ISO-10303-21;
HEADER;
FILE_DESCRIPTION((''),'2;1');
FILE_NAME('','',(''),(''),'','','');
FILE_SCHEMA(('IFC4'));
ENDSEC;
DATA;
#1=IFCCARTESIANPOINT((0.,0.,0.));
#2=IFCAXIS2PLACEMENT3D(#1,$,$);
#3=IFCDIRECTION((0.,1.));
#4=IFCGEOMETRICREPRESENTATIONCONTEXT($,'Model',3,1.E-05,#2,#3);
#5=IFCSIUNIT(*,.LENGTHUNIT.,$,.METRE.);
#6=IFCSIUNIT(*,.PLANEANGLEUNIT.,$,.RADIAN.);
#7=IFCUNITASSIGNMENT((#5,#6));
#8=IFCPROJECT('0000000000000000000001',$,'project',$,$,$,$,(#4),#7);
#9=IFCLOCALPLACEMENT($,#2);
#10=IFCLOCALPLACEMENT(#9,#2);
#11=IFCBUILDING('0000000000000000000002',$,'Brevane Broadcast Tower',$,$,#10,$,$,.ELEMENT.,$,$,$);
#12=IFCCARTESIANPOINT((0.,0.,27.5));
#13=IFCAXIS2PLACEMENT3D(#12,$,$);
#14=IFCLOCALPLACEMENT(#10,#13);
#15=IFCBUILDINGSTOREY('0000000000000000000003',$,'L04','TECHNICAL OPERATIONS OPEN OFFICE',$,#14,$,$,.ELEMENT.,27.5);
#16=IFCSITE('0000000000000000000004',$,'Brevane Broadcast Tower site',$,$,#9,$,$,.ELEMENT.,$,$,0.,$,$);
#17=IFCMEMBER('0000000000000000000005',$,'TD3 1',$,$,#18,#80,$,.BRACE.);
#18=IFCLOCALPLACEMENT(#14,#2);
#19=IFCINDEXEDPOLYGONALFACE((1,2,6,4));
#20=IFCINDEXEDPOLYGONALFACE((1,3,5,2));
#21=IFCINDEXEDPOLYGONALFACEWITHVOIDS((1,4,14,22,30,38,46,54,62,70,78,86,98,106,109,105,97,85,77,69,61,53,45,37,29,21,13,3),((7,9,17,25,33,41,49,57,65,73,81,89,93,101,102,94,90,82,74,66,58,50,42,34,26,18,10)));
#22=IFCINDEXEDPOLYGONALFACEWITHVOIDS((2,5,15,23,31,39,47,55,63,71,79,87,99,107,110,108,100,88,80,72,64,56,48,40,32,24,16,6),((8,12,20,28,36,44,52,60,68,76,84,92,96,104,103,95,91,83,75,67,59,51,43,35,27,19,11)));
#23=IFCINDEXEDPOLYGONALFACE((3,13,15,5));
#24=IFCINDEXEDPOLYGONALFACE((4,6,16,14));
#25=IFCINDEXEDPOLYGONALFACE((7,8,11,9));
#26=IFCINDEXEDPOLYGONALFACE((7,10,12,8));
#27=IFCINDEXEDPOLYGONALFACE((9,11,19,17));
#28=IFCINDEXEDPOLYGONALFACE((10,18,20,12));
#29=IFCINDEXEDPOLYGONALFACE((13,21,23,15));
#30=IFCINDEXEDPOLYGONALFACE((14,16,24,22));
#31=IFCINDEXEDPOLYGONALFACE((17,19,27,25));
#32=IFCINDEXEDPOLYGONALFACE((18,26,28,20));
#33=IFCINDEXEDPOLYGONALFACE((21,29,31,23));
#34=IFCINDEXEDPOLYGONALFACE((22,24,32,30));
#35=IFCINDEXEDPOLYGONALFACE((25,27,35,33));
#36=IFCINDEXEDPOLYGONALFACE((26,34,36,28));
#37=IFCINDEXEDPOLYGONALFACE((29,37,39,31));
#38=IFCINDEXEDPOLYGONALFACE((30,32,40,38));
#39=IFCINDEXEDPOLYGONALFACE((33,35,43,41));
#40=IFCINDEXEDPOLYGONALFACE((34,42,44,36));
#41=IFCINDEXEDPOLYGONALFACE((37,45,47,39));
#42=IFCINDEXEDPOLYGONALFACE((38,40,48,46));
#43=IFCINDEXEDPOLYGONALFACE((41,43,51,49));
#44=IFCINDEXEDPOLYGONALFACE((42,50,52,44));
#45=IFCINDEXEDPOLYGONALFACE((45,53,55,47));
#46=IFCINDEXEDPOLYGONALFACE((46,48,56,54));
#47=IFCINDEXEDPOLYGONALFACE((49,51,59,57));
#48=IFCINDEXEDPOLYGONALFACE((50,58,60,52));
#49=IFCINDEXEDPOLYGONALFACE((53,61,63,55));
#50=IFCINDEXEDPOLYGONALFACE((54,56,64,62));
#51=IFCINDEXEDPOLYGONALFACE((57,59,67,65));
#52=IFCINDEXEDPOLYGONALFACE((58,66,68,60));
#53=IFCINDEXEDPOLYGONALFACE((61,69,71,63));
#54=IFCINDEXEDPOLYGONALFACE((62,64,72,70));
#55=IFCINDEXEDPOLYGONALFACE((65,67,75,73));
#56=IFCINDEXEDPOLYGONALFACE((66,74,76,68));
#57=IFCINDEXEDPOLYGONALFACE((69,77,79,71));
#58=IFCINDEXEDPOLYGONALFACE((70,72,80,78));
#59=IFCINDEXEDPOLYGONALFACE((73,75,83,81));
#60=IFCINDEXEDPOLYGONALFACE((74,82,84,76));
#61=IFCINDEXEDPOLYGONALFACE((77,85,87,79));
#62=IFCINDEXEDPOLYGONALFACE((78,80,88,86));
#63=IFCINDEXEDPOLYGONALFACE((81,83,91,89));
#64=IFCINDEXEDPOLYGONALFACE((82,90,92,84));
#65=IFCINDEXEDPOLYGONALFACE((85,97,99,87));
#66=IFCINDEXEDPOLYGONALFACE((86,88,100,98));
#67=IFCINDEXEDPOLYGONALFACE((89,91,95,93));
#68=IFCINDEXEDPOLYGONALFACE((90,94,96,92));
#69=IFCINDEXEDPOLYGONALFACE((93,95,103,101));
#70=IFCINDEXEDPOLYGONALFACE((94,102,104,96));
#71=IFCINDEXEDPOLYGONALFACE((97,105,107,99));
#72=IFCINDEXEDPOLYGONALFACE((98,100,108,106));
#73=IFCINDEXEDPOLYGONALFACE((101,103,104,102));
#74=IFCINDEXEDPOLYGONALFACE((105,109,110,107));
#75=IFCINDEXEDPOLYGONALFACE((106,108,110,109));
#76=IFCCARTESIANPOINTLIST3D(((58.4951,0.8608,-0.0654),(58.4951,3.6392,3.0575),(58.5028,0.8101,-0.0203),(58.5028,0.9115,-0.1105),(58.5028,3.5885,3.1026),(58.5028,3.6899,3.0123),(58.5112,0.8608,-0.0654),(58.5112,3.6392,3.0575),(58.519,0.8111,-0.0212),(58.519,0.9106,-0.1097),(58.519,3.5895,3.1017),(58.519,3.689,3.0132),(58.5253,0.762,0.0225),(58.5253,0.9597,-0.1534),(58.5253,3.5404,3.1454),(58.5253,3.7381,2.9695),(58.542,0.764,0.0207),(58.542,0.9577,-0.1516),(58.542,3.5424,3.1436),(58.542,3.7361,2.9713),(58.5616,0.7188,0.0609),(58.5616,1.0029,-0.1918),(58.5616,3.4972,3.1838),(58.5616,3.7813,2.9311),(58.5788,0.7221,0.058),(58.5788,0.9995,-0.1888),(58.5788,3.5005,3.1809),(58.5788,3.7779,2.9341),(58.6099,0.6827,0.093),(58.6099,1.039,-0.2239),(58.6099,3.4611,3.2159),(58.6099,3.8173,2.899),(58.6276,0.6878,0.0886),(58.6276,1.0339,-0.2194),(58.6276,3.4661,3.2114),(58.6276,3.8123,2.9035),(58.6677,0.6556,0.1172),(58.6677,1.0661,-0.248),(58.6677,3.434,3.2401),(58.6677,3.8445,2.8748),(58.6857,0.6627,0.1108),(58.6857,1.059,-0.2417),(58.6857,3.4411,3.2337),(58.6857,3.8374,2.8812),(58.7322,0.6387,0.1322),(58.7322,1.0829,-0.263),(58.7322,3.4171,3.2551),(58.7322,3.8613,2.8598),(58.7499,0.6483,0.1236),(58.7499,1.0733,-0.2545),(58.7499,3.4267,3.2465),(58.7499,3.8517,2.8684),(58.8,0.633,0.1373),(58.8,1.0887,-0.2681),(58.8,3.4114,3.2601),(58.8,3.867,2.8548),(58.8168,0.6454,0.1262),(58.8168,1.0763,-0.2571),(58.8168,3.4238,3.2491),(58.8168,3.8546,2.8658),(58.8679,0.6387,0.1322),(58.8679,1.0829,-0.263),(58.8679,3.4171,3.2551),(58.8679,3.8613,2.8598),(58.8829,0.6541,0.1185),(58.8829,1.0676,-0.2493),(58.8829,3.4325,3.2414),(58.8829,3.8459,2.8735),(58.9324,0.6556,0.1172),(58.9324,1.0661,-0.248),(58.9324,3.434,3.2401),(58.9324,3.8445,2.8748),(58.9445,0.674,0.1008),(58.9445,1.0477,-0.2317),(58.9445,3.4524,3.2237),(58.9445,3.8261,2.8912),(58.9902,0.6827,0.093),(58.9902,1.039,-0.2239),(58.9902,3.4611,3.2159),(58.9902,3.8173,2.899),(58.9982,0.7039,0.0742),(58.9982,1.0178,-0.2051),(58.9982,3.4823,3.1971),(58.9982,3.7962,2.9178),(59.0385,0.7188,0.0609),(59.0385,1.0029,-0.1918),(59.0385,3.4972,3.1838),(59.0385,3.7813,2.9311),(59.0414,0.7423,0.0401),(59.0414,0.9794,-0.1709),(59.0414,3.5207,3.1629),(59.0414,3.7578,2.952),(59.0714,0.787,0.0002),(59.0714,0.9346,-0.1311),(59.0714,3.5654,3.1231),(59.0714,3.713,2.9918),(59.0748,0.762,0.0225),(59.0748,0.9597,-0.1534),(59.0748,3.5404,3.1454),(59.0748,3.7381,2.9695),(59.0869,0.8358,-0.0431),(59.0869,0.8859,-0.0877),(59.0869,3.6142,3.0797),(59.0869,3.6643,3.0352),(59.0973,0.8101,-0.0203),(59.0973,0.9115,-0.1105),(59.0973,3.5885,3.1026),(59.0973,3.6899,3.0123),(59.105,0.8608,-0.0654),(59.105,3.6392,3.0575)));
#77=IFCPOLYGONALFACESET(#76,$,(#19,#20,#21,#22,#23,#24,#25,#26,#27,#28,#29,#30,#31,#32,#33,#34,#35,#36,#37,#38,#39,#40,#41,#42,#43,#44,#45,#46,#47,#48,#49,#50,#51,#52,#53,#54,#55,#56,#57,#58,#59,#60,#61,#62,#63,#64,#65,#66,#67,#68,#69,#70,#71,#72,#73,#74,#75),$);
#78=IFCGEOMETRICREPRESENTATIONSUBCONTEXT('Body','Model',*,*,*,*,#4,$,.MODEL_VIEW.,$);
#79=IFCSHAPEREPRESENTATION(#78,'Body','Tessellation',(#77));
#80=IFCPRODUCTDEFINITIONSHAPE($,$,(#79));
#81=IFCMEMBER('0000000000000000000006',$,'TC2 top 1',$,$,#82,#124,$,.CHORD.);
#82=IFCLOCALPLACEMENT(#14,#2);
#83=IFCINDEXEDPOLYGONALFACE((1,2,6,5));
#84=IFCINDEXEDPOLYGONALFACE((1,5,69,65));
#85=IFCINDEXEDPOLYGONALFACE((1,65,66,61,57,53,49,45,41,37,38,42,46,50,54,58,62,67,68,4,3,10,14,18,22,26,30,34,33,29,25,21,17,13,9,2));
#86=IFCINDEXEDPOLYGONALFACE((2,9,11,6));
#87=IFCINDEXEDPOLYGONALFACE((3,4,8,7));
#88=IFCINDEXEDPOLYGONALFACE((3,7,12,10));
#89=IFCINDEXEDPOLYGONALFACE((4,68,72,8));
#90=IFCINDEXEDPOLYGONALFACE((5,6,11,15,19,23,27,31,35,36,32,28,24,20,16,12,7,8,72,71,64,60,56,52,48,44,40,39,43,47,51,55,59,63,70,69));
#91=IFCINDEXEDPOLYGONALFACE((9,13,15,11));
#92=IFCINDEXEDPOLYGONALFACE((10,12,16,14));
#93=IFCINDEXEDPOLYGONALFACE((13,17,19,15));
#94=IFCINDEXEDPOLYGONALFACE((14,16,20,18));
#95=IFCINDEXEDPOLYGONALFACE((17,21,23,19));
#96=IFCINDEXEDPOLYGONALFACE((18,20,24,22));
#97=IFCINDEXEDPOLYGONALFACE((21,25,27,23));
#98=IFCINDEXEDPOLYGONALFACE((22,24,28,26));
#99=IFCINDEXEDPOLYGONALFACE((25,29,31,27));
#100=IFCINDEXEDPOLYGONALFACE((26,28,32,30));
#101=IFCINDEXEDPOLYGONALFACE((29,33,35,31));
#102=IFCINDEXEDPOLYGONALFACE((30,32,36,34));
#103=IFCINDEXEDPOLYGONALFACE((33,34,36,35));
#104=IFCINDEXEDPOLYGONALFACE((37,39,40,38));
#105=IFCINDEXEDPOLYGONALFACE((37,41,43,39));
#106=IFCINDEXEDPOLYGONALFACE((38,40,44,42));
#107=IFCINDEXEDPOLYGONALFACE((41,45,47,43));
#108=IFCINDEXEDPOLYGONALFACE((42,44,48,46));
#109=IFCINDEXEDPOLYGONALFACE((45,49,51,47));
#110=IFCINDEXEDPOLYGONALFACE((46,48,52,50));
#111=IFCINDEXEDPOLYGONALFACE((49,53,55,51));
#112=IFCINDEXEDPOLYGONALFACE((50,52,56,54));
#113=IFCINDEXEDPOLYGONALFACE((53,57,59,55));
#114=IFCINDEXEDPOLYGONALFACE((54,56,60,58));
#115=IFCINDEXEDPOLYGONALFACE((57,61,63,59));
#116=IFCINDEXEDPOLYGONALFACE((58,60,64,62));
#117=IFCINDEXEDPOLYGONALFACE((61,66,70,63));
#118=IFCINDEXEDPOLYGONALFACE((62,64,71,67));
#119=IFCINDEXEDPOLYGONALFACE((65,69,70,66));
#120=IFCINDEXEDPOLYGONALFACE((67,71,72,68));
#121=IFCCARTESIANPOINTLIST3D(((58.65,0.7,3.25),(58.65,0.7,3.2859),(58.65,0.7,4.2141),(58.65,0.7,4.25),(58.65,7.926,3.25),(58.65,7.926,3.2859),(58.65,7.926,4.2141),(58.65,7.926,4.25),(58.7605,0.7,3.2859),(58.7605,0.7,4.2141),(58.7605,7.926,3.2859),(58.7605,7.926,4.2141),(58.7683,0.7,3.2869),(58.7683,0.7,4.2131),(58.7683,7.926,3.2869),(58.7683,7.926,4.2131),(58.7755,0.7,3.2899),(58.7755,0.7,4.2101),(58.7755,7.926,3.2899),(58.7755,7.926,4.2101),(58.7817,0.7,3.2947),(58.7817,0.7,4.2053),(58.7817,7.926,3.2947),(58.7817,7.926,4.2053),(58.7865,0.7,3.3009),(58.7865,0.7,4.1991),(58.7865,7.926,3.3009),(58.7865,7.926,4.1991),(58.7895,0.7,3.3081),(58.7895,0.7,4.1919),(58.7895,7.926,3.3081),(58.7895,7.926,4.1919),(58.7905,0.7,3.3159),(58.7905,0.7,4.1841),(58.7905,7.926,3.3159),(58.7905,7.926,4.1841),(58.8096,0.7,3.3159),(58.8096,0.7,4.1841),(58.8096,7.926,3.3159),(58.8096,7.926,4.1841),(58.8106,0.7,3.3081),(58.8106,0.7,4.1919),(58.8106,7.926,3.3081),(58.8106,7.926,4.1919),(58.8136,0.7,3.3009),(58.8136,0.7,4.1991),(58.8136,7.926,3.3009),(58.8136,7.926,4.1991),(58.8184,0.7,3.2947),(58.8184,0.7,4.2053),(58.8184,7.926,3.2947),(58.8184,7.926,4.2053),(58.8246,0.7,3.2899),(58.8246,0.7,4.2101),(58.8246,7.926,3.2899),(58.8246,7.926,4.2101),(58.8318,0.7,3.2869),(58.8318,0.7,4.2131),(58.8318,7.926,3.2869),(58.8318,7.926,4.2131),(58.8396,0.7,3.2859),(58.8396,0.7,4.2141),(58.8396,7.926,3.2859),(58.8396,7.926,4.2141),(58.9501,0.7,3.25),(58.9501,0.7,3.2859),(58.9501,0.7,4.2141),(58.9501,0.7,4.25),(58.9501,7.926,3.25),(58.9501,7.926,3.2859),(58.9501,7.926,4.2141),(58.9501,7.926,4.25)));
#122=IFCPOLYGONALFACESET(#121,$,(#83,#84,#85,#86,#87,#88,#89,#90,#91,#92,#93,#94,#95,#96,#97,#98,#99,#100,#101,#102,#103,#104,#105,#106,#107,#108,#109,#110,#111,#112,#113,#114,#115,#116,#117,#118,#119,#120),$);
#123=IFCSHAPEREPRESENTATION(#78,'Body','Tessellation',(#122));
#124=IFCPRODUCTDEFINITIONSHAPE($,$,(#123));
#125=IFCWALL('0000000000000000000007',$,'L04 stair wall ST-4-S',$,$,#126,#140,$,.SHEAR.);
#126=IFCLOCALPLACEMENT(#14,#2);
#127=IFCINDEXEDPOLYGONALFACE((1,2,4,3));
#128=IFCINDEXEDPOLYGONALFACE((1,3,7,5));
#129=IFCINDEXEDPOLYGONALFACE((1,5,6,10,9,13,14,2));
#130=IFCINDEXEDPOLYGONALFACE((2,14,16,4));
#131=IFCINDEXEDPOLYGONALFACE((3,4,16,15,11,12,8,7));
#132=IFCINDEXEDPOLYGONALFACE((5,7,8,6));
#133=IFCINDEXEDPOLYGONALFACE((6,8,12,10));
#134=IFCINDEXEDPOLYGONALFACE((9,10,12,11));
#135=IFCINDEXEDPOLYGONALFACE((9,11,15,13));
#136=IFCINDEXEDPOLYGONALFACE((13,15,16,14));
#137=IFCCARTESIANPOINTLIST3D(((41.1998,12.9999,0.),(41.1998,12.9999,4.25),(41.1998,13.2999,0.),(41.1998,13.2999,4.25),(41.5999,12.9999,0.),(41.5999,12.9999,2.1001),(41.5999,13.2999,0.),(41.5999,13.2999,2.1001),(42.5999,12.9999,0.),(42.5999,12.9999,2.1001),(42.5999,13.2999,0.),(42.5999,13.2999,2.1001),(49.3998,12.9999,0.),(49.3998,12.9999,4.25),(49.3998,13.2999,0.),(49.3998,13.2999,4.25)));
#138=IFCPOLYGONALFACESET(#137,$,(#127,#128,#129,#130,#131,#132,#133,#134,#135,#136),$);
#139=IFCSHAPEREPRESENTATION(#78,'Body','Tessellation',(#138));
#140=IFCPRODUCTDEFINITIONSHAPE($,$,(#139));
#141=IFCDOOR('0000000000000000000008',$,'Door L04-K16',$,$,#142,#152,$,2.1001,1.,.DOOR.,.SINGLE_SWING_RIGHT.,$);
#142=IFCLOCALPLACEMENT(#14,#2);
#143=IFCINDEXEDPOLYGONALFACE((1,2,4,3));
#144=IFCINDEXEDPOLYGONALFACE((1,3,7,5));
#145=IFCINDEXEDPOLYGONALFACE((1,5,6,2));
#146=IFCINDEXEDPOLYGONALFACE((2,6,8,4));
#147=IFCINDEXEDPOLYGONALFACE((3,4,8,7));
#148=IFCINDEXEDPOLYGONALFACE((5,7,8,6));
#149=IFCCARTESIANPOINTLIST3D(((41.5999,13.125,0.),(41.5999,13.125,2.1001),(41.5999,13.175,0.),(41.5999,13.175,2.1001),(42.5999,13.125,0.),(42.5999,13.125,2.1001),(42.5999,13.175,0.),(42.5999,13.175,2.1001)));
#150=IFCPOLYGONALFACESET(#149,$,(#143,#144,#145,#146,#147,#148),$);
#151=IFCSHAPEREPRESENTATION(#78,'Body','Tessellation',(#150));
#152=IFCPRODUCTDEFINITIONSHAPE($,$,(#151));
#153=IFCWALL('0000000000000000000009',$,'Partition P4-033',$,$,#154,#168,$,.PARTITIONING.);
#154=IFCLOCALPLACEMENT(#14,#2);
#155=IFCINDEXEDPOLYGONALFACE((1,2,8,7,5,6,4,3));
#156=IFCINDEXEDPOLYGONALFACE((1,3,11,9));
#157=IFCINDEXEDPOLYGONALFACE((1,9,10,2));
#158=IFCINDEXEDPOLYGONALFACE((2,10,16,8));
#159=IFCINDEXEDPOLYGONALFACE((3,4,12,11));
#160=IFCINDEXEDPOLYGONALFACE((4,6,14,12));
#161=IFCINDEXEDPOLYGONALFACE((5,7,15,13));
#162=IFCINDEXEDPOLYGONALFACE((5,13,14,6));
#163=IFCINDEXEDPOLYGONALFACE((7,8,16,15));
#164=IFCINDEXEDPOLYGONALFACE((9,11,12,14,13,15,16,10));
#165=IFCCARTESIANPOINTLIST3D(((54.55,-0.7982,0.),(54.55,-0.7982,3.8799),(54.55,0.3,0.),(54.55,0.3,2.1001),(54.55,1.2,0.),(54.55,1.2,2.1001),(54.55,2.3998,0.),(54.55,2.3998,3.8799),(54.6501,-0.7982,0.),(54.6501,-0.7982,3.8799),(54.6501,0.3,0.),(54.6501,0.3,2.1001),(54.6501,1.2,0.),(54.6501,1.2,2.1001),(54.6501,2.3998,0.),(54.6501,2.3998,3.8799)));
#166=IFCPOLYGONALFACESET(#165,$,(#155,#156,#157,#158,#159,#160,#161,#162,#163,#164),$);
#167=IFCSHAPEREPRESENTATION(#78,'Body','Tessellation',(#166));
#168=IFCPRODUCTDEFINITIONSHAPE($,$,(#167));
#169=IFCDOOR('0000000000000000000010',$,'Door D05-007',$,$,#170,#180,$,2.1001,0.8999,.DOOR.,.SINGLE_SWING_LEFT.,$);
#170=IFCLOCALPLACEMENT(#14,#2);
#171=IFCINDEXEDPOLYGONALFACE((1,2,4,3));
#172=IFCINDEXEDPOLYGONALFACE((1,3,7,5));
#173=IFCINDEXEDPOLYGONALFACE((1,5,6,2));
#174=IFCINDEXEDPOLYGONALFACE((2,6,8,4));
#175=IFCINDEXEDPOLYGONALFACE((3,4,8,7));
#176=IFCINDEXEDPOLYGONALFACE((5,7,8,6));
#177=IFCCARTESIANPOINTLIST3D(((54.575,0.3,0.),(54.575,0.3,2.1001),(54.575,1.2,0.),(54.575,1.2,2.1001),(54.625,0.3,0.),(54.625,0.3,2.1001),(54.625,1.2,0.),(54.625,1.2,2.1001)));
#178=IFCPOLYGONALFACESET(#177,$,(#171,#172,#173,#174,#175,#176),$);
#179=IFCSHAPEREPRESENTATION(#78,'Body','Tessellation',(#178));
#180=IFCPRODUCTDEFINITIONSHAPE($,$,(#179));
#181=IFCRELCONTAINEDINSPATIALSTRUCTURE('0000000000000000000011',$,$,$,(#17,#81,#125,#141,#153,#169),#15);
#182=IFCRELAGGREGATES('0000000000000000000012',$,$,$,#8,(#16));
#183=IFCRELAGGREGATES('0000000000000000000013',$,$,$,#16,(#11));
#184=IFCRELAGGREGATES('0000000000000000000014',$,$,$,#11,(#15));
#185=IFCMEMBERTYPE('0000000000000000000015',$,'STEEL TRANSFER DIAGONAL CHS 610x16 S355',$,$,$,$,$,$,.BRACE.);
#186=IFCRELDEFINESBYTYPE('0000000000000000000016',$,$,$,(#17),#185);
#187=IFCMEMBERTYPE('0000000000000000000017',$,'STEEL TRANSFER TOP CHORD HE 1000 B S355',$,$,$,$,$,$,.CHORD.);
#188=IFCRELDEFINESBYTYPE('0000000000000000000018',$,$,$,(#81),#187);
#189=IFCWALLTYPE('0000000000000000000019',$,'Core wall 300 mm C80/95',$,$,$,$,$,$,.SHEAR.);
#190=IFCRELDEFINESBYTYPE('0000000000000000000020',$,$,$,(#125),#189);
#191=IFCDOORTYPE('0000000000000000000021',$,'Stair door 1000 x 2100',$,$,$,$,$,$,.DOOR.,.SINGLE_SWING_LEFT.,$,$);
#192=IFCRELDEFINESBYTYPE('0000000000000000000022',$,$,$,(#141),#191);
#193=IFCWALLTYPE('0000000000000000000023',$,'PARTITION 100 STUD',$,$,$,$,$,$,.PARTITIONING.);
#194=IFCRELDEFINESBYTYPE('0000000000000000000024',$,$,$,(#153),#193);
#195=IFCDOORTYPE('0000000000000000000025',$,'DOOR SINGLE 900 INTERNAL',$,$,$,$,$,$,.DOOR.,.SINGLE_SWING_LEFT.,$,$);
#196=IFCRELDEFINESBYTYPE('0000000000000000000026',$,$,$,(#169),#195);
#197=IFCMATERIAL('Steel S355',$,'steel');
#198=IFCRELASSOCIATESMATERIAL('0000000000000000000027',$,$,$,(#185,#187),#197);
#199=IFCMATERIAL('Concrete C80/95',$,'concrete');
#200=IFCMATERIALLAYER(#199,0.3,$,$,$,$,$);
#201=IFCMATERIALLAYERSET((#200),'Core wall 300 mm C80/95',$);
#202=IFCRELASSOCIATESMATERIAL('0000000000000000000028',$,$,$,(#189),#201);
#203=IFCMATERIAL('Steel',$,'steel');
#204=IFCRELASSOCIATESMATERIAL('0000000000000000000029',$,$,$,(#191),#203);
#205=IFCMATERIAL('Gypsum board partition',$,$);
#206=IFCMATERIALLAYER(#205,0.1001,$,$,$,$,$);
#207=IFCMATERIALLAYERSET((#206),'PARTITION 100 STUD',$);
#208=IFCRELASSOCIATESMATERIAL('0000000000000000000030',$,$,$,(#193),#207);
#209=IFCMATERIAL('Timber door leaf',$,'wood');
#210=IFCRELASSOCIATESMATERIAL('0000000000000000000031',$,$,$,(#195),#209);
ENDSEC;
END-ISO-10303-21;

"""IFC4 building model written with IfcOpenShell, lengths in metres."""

from ifc_helpers import new_model, si_unit, direction, frame, frame_2d, origin, origin_2d, place, context, subcontext, project, spatial, rectangle, hollow_circle, i_section, extrude, material, layer, layer_set, material_profile, profile_set, type_object, element, fill, save


model = new_model("IFC4")

# Units and contexts
model_context = context("Model", 3, precision=1e-05, world=origin(), true_north=direction((0.0, 1.0)))
body_context = subcontext(model_context, "Body", "Model", "MODEL_VIEW")
ifc_project = project(units=[si_unit("LENGTHUNIT", "METRE"), si_unit("PLANEANGLEUNIT", "RADIAN")], contexts=[model_context])

# Site, building, storey
site_placement = place(None, origin())
site = spatial("IfcSite", under=ifc_project, at=site_placement, Name="Brevane Broadcast Tower site", CompositionType="ELEMENT", RefElevation=0.0)
building_placement = place(site_placement, origin())
building = spatial("IfcBuilding", under=site, at=building_placement, Name="Brevane Broadcast Tower", CompositionType="ELEMENT")
storey_placement = place(building_placement, frame((0.0, 0.0, 27.5)))
storey = spatial("IfcBuildingStorey", under=building, at=storey_placement, Name="L04", Description="TECHNICAL OPERATIONS OPEN OFFICE", CompositionType="ELEMENT", Elevation=27.5)

# Shared definitions
ifc_material_1 = material(Name="Concrete C80/95", Category="concrete")

# Members
ifc_material_2 = material(Name="Steel S355", Category="steel")
ifc_material_profile_1 = material_profile(ifc_material_2, hollow_circle(Radius=0.3049, WallThickness=0.0161, at=origin_2d()), Name="CHS 610x16")
ifc_profile_set_1 = profile_set([ifc_material_profile_1], Name="Steel S355")
member_type_1 = type_object("IfcMemberType", Name="STEEL TRANSFER DIAGONAL CHS 610x16 S355", PredefinedType="BRACE", material=ifc_profile_set_1)
member_1_placement = place(storey_placement, frame((58.8, 0.8608, -0.0654), z_axis=(0.0, 0.664697, 0.747113), x_axis=(-1.0, 0.0, 0.0)))
element("IfcMember", 1, at=member_1_placement, inside=storey, type_object=member_type_1, Name="TD3 1", PredefinedType="BRACE", context=body_context, shape_type="SweptSolid", body=[
    extrude(hollow_circle(Radius=0.3049, WallThickness=0.0161, at=origin_2d()), origin(), (0.0, 0.0, 1.0), 4.1799),
])
ifc_material_profile_2 = material_profile(ifc_material_2, i_section(OverallWidth=0.3, OverallDepth=1.0, WebThickness=0.019, FlangeThickness=0.0359, FilletRadius=0.03, at=origin_2d()), Name="HE 1000 B")
ifc_profile_set_2 = profile_set([ifc_material_profile_2], Name="Steel S355")
member_type_2 = type_object("IfcMemberType", Name="STEEL TRANSFER TOP CHORD HE 1000 B S355", PredefinedType="CHORD", material=ifc_profile_set_2)
member_2_placement = place(storey_placement, frame((58.8, 0.7, 3.75), z_axis=(0.0, 1.0, 0.0), x_axis=(-1.0, 0.0, 0.0)))
element("IfcMember", 2, at=member_2_placement, inside=storey, type_object=member_type_2, Name="TC2 top 1", PredefinedType="CHORD", context=body_context, shape_type="SweptSolid", body=[
    extrude(i_section(OverallWidth=0.3, OverallDepth=1.0, WebThickness=0.019, FlangeThickness=0.0359, FilletRadius=0.03, at=origin_2d()), origin(), (0.0, 0.0, 1.0), 7.2261),
])

# Walls, openings, doors
ifc_layer_1 = layer(ifc_material_1, 0.3)
ifc_layer_set_1 = layer_set([ifc_layer_1], Name="Core wall 300 mm C80/95")
wall_type_1 = type_object("IfcWallType", Name="Core wall 300 mm C80/95", PredefinedType="SHEAR", material=ifc_layer_set_1)
wall_1_placement = place(storey_placement, frame((49.3999, 13.1499, 0.0), z_axis=(0.0, 0.0, 1.0), x_axis=(-1.0, 0.0, 0.0)))
wall_1 = element("IfcWall", 3, at=wall_1_placement, inside=storey, type_object=wall_type_1, Name="L04 stair wall ST-4-S", PredefinedType="SHEAR", context=body_context, shape_type="SweptSolid", body=[
    extrude(rectangle(XDim=8.2, YDim=0.3, at=frame_2d((4.1001, 0.0))), origin(), (0.0, 0.0, 1.0), 4.25),
])
opening_1_placement = place(wall_1_placement, frame((6.8, 0.0, 0.0)))
opening_1 = element("IfcOpeningElement", 4, at=opening_1_placement, cuts=wall_1, PredefinedType="OPENING", context=body_context, shape_type="SweptSolid", body=[
    extrude(rectangle(XDim=1.0, YDim=2.1001, at=frame_2d((0.5, 1.05))), frame((0.0, 0.1599, 0.0), z_axis=(0.0, -1.0, 0.0), x_axis=(1.0, 0.0, 0.0)), (0.0, 0.0, 1.0), 0.3201),
])
ifc_material_3 = material(Name="Steel", Category="steel")
door_type_1 = type_object("IfcDoorType", Name="Stair door 1000 x 2100", OperationType="SINGLE_SWING_LEFT", PredefinedType="DOOR", material=ifc_material_3)
door_1_placement = place(opening_1_placement, origin())
door_1 = element("IfcDoor", 5, at=door_1_placement, inside=storey, type_object=door_type_1, Name="Door L04-K16", OperationType="SINGLE_SWING_RIGHT", OverallHeight=2.1001, OverallWidth=1.0, PredefinedType="DOOR", context=body_context, shape_type="SweptSolid", body=[
    extrude(rectangle(XDim=1.0, YDim=2.1001, at=frame_2d((0.5, 1.05))), frame((0.0, 0.0249, 0.0), z_axis=(0.0, -1.0, 0.0), x_axis=(1.0, 0.0, 0.0)), (0.0, 0.0, 1.0), 0.05),
])
fill(opening_1, door_1)
ifc_material_4 = material(Name="Gypsum board partition")
ifc_layer_2 = layer(ifc_material_4, 0.1001)
ifc_layer_set_2 = layer_set([ifc_layer_2], Name="PARTITION 100 STUD")
wall_type_2 = type_object("IfcWallType", Name="PARTITION 100 STUD", PredefinedType="PARTITIONING", material=ifc_layer_set_2)
wall_2_placement = place(storey_placement, frame((54.6001, 2.3999, 0.0), z_axis=(0.0, 0.0, 1.0), x_axis=(0.0, -1.0, 0.0)))
wall_2 = element("IfcWall", 6, at=wall_2_placement, inside=storey, type_object=wall_type_2, Name="Partition P4-033", PredefinedType="PARTITIONING", context=body_context, shape_type="SweptSolid", body=[
    extrude(rectangle(XDim=3.198, YDim=0.1001, at=frame_2d((1.5991, 0.0))), origin(), (0.0, 0.0, 1.0), 3.8799),
])
opening_2_placement = place(wall_2_placement, frame((1.2, 0.0, 0.0)))
opening_2 = element("IfcOpeningElement", 7, at=opening_2_placement, cuts=wall_2, PredefinedType="OPENING", context=body_context, shape_type="SweptSolid", body=[
    extrude(rectangle(XDim=0.8999, YDim=2.1001, at=frame_2d((0.45, 1.05))), frame((0.0, 0.0601, 0.0), z_axis=(0.0, -1.0, 0.0), x_axis=(1.0, 0.0, 0.0)), (0.0, 0.0, 1.0), 0.1201),
])
ifc_material_5 = material(Name="Timber door leaf", Category="wood")
door_type_2 = type_object("IfcDoorType", Name="DOOR SINGLE 900 INTERNAL", OperationType="SINGLE_SWING_LEFT", PredefinedType="DOOR", material=ifc_material_5)
door_2_placement = place(opening_2_placement, origin())
door_2 = element("IfcDoor", 8, at=door_2_placement, inside=storey, type_object=door_type_2, Name="Door D05-007", OperationType="SINGLE_SWING_LEFT", OverallHeight=2.1001, OverallWidth=0.8999, PredefinedType="DOOR", context=body_context, shape_type="SweptSolid", body=[
    extrude(rectangle(XDim=0.8999, YDim=2.1001, at=frame_2d((0.45, 1.05))), frame((0.0, 0.0249, 0.0), z_axis=(0.0, -1.0, 0.0), x_axis=(1.0, 0.0, 0.0)), (0.0, 0.0, 1.0), 0.05),
])
fill(opening_2, door_2)

save(model, "model.ifc")
